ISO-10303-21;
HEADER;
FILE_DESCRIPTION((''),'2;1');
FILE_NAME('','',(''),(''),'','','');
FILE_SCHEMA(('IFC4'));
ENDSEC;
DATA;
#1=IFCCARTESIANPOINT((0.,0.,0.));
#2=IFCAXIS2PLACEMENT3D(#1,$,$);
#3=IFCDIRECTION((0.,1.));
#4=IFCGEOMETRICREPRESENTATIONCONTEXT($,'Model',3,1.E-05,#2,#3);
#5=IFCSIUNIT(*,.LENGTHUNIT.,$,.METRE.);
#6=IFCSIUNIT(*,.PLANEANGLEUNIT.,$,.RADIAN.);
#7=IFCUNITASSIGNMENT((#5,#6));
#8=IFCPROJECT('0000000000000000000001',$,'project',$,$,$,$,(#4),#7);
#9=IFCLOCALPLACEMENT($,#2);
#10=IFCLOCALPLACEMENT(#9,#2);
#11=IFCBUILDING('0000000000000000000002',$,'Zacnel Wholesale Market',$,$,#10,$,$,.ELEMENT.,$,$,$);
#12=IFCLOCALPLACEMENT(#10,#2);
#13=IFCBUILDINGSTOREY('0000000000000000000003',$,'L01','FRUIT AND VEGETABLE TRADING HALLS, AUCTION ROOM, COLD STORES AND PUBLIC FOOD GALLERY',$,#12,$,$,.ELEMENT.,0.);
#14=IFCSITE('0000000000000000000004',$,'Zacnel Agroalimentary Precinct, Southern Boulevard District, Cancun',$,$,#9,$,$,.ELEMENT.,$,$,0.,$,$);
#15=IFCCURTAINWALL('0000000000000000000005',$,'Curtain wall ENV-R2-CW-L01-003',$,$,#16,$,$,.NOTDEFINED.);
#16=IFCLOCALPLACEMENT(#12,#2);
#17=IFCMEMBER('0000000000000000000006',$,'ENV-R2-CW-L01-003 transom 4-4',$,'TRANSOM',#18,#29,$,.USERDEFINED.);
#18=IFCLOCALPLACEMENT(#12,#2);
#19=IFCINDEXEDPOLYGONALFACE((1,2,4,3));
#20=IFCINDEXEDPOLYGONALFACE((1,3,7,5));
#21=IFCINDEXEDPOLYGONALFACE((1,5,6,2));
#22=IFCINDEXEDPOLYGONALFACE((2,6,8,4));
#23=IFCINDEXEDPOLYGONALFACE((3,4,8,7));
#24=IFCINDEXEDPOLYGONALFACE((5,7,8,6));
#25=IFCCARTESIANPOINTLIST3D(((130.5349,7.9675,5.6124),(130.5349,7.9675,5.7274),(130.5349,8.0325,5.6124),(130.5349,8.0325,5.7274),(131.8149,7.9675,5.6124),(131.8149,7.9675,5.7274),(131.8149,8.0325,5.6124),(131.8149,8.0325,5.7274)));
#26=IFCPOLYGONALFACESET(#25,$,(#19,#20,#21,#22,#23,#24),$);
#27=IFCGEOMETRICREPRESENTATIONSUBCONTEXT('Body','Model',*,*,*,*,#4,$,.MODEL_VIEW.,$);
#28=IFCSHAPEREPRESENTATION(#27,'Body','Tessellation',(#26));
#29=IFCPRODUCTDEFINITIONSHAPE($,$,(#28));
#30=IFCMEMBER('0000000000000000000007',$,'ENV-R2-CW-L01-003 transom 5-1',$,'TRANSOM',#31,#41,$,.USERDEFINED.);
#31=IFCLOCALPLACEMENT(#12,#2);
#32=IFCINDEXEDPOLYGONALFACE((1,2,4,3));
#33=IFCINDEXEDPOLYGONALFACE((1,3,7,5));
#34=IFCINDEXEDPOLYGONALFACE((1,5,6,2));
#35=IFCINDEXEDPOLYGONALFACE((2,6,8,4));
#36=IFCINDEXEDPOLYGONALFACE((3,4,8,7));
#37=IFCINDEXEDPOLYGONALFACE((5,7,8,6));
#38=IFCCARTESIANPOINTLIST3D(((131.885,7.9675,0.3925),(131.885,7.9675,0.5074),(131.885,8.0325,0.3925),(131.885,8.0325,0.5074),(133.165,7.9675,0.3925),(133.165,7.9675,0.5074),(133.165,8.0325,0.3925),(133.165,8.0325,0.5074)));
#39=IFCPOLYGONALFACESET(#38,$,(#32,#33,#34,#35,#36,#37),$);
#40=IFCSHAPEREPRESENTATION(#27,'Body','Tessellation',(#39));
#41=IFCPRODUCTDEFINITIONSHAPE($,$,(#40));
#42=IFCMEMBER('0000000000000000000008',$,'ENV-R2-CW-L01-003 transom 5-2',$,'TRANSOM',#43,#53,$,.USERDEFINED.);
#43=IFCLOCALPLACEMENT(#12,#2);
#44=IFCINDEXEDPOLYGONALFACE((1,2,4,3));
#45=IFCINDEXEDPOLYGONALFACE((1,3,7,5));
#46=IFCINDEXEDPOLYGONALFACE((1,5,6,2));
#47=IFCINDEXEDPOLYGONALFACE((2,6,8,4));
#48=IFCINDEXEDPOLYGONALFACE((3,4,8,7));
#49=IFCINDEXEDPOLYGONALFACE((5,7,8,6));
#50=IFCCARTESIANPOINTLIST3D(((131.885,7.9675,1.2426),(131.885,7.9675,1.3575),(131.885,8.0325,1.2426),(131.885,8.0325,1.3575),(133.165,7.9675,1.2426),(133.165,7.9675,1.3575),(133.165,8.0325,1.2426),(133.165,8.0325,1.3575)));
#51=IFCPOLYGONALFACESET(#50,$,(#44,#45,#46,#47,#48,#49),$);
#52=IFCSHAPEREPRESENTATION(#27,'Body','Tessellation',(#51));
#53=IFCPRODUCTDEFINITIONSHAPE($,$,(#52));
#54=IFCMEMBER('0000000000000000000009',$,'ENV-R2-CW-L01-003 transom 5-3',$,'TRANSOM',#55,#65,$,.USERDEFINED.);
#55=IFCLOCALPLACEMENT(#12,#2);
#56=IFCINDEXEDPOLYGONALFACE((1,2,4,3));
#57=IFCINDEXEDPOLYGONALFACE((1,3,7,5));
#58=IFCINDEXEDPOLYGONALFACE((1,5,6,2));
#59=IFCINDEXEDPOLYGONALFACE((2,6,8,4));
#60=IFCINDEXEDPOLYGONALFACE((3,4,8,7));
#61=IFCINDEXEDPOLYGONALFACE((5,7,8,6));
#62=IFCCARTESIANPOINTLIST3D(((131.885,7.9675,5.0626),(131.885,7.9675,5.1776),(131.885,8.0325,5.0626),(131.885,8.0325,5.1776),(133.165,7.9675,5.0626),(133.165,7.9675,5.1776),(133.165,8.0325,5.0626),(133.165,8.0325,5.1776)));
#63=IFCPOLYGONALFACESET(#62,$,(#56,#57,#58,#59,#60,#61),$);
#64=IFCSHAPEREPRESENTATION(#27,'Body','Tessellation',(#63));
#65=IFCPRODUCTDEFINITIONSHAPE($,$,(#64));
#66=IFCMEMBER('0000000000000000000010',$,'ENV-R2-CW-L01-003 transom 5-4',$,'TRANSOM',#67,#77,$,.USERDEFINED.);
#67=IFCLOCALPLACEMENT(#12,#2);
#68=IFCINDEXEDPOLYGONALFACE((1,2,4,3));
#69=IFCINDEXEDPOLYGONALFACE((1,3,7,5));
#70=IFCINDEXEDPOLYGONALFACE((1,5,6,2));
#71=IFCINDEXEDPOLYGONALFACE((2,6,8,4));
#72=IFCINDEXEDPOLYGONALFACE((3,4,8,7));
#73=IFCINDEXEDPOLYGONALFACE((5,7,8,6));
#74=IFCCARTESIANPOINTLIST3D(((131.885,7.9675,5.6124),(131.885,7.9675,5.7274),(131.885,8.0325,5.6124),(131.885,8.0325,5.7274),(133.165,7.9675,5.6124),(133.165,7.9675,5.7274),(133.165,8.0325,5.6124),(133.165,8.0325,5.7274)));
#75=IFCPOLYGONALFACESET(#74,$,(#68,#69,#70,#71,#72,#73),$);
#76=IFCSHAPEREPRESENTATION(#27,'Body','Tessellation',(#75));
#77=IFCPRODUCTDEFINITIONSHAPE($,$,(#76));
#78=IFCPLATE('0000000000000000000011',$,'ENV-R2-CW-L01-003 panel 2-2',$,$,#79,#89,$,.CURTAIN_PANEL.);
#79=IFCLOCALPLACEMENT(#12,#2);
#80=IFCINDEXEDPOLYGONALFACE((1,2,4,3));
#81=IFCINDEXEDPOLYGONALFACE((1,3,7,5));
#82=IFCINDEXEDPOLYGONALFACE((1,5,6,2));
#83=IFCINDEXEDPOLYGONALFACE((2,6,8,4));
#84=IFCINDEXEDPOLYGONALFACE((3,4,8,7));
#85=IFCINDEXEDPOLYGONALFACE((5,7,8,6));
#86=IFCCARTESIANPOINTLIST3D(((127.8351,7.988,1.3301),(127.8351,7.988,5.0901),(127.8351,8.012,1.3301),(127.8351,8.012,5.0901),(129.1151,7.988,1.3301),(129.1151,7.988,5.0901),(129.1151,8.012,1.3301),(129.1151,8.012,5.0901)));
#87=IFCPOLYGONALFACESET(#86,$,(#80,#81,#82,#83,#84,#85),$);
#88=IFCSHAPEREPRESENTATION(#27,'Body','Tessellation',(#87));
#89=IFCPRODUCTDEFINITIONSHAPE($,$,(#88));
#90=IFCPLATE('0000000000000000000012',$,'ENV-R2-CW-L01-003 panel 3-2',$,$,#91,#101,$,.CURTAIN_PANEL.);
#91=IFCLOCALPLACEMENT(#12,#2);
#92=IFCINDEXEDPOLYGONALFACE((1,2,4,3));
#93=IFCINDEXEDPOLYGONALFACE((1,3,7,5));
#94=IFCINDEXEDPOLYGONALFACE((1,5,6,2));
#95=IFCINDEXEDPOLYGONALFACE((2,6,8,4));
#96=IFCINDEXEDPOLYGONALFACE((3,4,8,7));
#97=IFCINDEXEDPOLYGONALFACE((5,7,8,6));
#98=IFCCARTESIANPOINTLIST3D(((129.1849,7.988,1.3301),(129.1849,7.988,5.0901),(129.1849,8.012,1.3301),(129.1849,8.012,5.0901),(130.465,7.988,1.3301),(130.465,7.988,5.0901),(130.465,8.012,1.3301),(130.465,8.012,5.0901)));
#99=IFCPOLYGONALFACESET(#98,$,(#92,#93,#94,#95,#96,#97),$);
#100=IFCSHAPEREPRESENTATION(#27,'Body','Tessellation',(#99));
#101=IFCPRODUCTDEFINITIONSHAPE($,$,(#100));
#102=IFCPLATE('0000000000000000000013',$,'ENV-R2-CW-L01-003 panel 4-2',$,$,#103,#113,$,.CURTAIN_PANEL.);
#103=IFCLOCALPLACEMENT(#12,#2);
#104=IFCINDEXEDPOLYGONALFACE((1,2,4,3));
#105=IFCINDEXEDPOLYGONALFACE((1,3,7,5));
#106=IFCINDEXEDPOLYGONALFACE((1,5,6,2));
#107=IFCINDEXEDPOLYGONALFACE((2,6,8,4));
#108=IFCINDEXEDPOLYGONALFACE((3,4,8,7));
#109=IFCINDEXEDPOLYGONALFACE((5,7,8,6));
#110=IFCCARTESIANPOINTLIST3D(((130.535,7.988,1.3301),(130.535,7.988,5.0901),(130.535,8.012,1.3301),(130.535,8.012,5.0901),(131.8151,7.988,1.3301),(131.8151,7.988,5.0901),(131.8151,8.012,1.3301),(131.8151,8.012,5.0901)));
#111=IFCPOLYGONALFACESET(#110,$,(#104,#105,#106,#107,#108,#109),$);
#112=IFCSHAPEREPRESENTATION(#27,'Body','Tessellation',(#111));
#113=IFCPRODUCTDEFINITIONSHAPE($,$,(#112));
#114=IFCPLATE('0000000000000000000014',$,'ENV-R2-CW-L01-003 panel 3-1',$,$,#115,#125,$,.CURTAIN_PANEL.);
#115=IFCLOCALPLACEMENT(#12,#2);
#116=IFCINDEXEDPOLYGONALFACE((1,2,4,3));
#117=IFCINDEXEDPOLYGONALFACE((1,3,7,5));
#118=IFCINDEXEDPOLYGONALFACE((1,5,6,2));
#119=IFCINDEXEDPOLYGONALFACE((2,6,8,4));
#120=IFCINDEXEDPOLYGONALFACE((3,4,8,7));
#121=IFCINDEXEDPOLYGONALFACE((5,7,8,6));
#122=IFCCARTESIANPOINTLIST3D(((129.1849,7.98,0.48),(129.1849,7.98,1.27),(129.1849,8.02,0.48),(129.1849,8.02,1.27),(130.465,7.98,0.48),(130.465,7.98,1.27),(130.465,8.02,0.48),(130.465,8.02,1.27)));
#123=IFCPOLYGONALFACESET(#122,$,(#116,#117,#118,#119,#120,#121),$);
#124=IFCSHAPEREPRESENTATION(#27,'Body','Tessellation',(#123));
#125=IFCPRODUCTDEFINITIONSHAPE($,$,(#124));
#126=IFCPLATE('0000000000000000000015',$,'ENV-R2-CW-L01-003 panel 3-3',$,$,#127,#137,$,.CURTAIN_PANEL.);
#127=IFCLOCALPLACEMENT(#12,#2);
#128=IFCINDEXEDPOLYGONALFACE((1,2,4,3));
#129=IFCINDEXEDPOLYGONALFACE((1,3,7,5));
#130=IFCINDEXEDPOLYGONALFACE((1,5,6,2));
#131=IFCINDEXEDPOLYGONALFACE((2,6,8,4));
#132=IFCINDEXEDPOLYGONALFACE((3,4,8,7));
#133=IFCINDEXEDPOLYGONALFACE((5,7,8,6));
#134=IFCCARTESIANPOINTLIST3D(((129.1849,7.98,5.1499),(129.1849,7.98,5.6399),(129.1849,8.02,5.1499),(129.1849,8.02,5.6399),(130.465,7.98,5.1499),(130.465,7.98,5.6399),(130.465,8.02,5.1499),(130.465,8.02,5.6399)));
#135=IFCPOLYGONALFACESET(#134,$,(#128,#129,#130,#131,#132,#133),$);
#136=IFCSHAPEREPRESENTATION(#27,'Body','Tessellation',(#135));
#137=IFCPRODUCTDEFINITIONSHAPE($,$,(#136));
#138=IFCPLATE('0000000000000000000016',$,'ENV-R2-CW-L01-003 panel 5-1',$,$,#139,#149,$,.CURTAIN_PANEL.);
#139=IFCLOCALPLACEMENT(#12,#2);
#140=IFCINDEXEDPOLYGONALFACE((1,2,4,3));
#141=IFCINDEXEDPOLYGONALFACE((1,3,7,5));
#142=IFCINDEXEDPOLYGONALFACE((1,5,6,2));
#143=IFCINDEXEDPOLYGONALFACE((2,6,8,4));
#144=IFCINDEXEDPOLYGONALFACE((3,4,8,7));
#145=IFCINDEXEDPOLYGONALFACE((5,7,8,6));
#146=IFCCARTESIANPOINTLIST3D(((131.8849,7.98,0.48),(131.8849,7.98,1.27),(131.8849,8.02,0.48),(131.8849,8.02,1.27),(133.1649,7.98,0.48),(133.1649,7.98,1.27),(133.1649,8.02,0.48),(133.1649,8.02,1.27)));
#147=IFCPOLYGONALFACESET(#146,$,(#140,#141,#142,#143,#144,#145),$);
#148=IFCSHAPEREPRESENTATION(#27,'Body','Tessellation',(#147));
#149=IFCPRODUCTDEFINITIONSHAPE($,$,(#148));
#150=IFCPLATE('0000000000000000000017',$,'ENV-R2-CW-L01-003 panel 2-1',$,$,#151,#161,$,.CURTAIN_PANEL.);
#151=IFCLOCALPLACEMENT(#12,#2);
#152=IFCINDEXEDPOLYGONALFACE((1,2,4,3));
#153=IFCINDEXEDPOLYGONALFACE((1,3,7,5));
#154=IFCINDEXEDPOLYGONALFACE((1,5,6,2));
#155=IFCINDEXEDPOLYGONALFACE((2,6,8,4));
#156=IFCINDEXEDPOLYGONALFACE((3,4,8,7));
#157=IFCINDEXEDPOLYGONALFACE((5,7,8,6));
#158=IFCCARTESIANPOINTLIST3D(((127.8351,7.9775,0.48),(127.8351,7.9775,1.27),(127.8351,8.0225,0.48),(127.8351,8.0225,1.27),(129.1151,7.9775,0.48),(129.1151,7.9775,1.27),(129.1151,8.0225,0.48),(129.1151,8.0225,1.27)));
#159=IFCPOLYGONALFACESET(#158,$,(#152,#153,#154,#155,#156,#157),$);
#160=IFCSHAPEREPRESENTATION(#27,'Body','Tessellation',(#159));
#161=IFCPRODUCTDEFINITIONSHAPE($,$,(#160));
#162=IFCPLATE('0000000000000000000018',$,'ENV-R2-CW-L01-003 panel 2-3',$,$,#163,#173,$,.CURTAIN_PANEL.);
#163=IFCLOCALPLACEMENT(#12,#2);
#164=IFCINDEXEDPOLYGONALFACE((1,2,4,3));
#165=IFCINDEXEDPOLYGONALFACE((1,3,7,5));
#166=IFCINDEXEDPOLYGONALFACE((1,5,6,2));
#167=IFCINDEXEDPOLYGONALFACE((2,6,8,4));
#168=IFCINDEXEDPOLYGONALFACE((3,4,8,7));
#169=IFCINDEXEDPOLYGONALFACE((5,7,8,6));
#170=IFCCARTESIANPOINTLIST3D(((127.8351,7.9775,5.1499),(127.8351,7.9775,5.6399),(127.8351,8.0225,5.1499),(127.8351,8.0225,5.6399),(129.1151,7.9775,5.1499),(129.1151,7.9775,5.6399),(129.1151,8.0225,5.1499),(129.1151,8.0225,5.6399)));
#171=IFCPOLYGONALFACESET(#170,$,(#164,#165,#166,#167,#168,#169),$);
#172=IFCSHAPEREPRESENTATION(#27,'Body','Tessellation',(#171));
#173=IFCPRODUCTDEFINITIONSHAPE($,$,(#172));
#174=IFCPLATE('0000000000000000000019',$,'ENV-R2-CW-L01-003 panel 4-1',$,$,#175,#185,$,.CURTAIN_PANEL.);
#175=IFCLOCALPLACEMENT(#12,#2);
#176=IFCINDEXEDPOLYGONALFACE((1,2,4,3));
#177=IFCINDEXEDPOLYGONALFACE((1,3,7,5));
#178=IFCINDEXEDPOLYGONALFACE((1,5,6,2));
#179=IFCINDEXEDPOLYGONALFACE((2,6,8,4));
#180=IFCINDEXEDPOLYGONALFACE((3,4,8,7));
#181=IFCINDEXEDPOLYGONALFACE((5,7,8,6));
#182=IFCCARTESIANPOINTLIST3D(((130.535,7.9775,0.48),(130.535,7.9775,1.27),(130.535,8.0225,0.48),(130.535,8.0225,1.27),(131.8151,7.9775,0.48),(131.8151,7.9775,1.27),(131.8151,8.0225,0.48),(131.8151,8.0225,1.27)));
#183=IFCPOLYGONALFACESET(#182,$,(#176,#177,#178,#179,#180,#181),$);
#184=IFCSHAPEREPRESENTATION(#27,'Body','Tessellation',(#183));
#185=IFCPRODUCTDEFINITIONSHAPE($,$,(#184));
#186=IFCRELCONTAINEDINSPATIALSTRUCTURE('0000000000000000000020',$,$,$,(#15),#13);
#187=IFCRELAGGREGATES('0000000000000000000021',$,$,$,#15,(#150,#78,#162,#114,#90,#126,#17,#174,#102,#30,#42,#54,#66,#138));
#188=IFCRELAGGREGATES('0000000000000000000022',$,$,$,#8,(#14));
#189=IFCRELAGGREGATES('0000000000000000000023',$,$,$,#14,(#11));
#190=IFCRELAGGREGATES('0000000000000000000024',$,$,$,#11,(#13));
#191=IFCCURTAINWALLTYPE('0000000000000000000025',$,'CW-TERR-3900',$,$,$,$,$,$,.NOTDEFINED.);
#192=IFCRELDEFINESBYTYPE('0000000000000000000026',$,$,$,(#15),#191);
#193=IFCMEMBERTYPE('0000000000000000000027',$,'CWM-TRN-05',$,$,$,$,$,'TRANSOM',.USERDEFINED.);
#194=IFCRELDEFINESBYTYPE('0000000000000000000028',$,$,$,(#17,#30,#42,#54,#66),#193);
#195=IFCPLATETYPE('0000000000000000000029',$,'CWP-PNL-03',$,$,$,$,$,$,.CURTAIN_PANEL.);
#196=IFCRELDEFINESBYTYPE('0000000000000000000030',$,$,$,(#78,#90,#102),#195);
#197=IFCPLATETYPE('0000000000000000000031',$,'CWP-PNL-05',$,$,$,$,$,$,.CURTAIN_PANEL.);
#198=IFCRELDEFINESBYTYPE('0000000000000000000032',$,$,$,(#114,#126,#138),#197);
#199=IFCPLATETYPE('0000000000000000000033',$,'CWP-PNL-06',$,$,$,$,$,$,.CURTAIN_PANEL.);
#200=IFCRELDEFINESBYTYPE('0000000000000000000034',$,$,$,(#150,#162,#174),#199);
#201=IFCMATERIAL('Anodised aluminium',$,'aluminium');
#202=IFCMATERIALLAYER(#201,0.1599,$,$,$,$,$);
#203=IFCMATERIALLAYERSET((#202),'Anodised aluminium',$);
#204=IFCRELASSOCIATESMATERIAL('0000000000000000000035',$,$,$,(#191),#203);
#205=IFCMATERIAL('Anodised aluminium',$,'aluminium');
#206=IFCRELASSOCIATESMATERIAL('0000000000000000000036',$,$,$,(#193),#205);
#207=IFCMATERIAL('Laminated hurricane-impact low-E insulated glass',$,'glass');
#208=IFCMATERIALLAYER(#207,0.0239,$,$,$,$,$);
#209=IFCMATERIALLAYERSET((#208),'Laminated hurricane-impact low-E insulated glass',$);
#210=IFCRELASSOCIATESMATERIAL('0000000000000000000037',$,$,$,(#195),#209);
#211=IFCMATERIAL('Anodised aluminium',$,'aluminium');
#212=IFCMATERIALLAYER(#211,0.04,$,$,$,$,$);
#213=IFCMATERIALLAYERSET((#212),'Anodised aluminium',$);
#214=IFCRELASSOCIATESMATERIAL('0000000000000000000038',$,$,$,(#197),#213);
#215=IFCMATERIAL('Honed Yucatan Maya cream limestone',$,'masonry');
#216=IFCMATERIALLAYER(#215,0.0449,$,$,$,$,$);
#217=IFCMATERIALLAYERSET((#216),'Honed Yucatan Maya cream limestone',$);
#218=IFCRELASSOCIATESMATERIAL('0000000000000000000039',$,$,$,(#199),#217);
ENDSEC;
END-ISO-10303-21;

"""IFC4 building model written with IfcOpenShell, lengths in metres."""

from ifc_helpers import new_model, si_unit, direction, frame, origin, origin_2d, place, context, subcontext, project, spatial, rectangle, extrude, material, layer, layer_set, material_profile, profile_set, type_object, element, aggregate, save


model = new_model("IFC4")

# Units and contexts
model_context = context("Model", 3, precision=1e-05, world=origin(), true_north=direction((0.0, 1.0)))
body_context = subcontext(model_context, "Body", "Model", "MODEL_VIEW")
ifc_project = project(units=[si_unit("LENGTHUNIT", "METRE"), si_unit("PLANEANGLEUNIT", "RADIAN")], contexts=[model_context])

# Site, building, storey
site_placement = place(None, origin())
site = spatial("IfcSite", under=ifc_project, at=site_placement, Name="Zacnel Agroalimentary Precinct, Southern Boulevard District, Cancun", CompositionType="ELEMENT", RefElevation=0.0)
building_placement = place(site_placement, origin())
building = spatial("IfcBuilding", under=site, at=building_placement, Name="Zacnel Wholesale Market", CompositionType="ELEMENT")
storey_placement = place(building_placement, origin())
storey = spatial("IfcBuildingStorey", under=building, at=storey_placement, Name="L01", Description="FRUIT AND VEGETABLE TRADING HALLS, AUCTION ROOM, COLD STORES AND PUBLIC FOOD GALLERY", CompositionType="ELEMENT", Elevation=0.0)

# Curtain wall, members, plates
ifc_material_1 = material(Name="Anodised aluminium", Category="aluminium")
ifc_layer_1 = layer(ifc_material_1, 0.1599)
ifc_layer_set_1 = layer_set([ifc_layer_1], Name="Anodised aluminium")
curtain_wall_type = type_object("IfcCurtainWallType", Name="CW-TERR-3900", PredefinedType="NOTDEFINED", material=ifc_layer_set_1)
curtain_wall_placement = place(storey_placement, origin())
curtain_wall = element("IfcCurtainWall", 1, at=curtain_wall_placement, inside=storey, type_object=curtain_wall_type, Name="Curtain wall ENV-R2-CW-L01-003", PredefinedType="NOTDEFINED")
ifc_material_2 = material(Name="Anodised aluminium", Category="aluminium")
ifc_material_profile_1 = material_profile(ifc_material_2, rectangle(XDim=0.0649, YDim=0.115, at=origin_2d()), Name="AW-TRANSOM 65x115")
ifc_profile_set_1 = profile_set([ifc_material_profile_1], Name="Anodised aluminium")
member_type_1 = type_object("IfcMemberType", Name="CWM-TRN-05", ElementType="TRANSOM", PredefinedType="USERDEFINED", material=ifc_profile_set_1)
member_1_placement = place(storey_placement, frame((130.5349, 8.0, 5.6699), z_axis=(1.0, 0.0, 0.0), x_axis=(0.0, 1.0, 0.0)))
member_1 = element("IfcMember", 2, at=member_1_placement, type_object=member_type_1, Name="ENV-R2-CW-L01-003 transom 4-4", ObjectType="TRANSOM", PredefinedType="USERDEFINED", context=body_context, shape_type="SweptSolid", body=[
    extrude(rectangle(XDim=0.0649, YDim=0.115, at=origin_2d()), origin(), (0.0, 0.0, 1.0), 1.28),
])
member_2_placement = place(storey_placement, frame((131.885, 8.0, 0.45), z_axis=(1.0, 0.0, 0.0), x_axis=(0.0, 1.0, 0.0)))
member_2 = element("IfcMember", 3, at=member_2_placement, type_object=member_type_1, Name="ENV-R2-CW-L01-003 transom 5-1", ObjectType="TRANSOM", PredefinedType="USERDEFINED", context=body_context, shape_type="SweptSolid", body=[
    extrude(rectangle(XDim=0.0649, YDim=0.115, at=origin_2d()), origin(), (0.0, 0.0, 1.0), 1.28),
])
member_3_placement = place(storey_placement, frame((131.885, 8.0, 1.3), z_axis=(1.0, 0.0, 0.0), x_axis=(0.0, 1.0, 0.0)))
member_3 = element("IfcMember", 4, at=member_3_placement, type_object=member_type_1, Name="ENV-R2-CW-L01-003 transom 5-2", ObjectType="TRANSOM", PredefinedType="USERDEFINED", context=body_context, shape_type="SweptSolid", body=[
    extrude(rectangle(XDim=0.0649, YDim=0.115, at=origin_2d()), origin(), (0.0, 0.0, 1.0), 1.28),
])
member_4_placement = place(storey_placement, frame((131.885, 8.0, 5.1201), z_axis=(1.0, 0.0, 0.0), x_axis=(0.0, 1.0, 0.0)))
member_4 = element("IfcMember", 5, at=member_4_placement, type_object=member_type_1, Name="ENV-R2-CW-L01-003 transom 5-3", ObjectType="TRANSOM", PredefinedType="USERDEFINED", context=body_context, shape_type="SweptSolid", body=[
    extrude(rectangle(XDim=0.0649, YDim=0.115, at=origin_2d()), origin(), (0.0, 0.0, 1.0), 1.28),
])
member_5_placement = place(storey_placement, frame((131.885, 8.0, 5.6699), z_axis=(1.0, 0.0, 0.0), x_axis=(0.0, 1.0, 0.0)))
member_5 = element("IfcMember", 6, at=member_5_placement, type_object=member_type_1, Name="ENV-R2-CW-L01-003 transom 5-4", ObjectType="TRANSOM", PredefinedType="USERDEFINED", context=body_context, shape_type="SweptSolid", body=[
    extrude(rectangle(XDim=0.0649, YDim=0.115, at=origin_2d()), origin(), (0.0, 0.0, 1.0), 1.28),
])
ifc_material_3 = material(Name="Laminated hurricane-impact low-E insulated glass", Category="glass")
ifc_layer_2 = layer(ifc_material_3, 0.0239)
ifc_layer_set_2 = layer_set([ifc_layer_2], Name="Laminated hurricane-impact low-E insulated glass")
plate_type_1 = type_object("IfcPlateType", Name="CWP-PNL-03", PredefinedType="CURTAIN_PANEL", material=ifc_layer_set_2)
plate_1_placement = place(storey_placement, frame((128.4751, 8.0, 1.3301), z_axis=(0.0, 0.0, 1.0), x_axis=(1.0, 0.0, 0.0)))
plate_1 = element("IfcPlate", 7, at=plate_1_placement, type_object=plate_type_1, Name="ENV-R2-CW-L01-003 panel 2-2", PredefinedType="CURTAIN_PANEL", context=body_context, shape_type="SweptSolid", body=[
    extrude(rectangle(XDim=1.28, YDim=0.0239, at=origin_2d()), origin(), (0.0, 0.0, 1.0), 3.76),
])
plate_2_placement = place(storey_placement, frame((129.825, 8.0, 1.3301), z_axis=(0.0, 0.0, 1.0), x_axis=(1.0, 0.0, 0.0)))
plate_2 = element("IfcPlate", 8, at=plate_2_placement, type_object=plate_type_1, Name="ENV-R2-CW-L01-003 panel 3-2", PredefinedType="CURTAIN_PANEL", context=body_context, shape_type="SweptSolid", body=[
    extrude(rectangle(XDim=1.28, YDim=0.0239, at=origin_2d()), origin(), (0.0, 0.0, 1.0), 3.76),
])
plate_3_placement = place(storey_placement, frame((131.175, 8.0, 1.3301), z_axis=(0.0, 0.0, 1.0), x_axis=(1.0, 0.0, 0.0)))
plate_3 = element("IfcPlate", 9, at=plate_3_placement, type_object=plate_type_1, Name="ENV-R2-CW-L01-003 panel 4-2", PredefinedType="CURTAIN_PANEL", context=body_context, shape_type="SweptSolid", body=[
    extrude(rectangle(XDim=1.28, YDim=0.0239, at=origin_2d()), origin(), (0.0, 0.0, 1.0), 3.76),
])
ifc_material_4 = material(Name="Anodised aluminium", Category="aluminium")
ifc_layer_3 = layer(ifc_material_4, 0.04)
ifc_layer_set_3 = layer_set([ifc_layer_3], Name="Anodised aluminium")
plate_type_2 = type_object("IfcPlateType", Name="CWP-PNL-05", PredefinedType="CURTAIN_PANEL", material=ifc_layer_set_3)
plate_4_placement = place(storey_placement, frame((129.825, 8.0, 0.48), z_axis=(0.0, 0.0, 1.0), x_axis=(1.0, 0.0, 0.0)))
plate_4 = element("IfcPlate", 10, at=plate_4_placement, type_object=plate_type_2, Name="ENV-R2-CW-L01-003 panel 3-1", PredefinedType="CURTAIN_PANEL", context=body_context, shape_type="SweptSolid", body=[
    extrude(rectangle(XDim=1.28, YDim=0.04, at=origin_2d()), origin(), (0.0, 0.0, 1.0), 0.79),
])
plate_5_placement = place(storey_placement, frame((129.825, 8.0, 5.1499), z_axis=(0.0, 0.0, 1.0), x_axis=(1.0, 0.0, 0.0)))
plate_5 = element("IfcPlate", 11, at=plate_5_placement, type_object=plate_type_2, Name="ENV-R2-CW-L01-003 panel 3-3", PredefinedType="CURTAIN_PANEL", context=body_context, shape_type="SweptSolid", body=[
    extrude(rectangle(XDim=1.28, YDim=0.04, at=origin_2d()), origin(), (0.0, 0.0, 1.0), 0.49),
])
plate_6_placement = place(storey_placement, frame((132.5249, 8.0, 0.48), z_axis=(0.0, 0.0, 1.0), x_axis=(1.0, 0.0, 0.0)))
plate_6 = element("IfcPlate", 12, at=plate_6_placement, type_object=plate_type_2, Name="ENV-R2-CW-L01-003 panel 5-1", PredefinedType="CURTAIN_PANEL", context=body_context, shape_type="SweptSolid", body=[
    extrude(rectangle(XDim=1.28, YDim=0.04, at=origin_2d()), origin(), (0.0, 0.0, 1.0), 0.79),
])
ifc_material_5 = material(Name="Honed Yucatan Maya cream limestone", Category="masonry")
ifc_layer_4 = layer(ifc_material_5, 0.0449)
ifc_layer_set_4 = layer_set([ifc_layer_4], Name="Honed Yucatan Maya cream limestone")
plate_type_3 = type_object("IfcPlateType", Name="CWP-PNL-06", PredefinedType="CURTAIN_PANEL", material=ifc_layer_set_4)
plate_7_placement = place(storey_placement, frame((128.4751, 8.0, 0.48), z_axis=(0.0, 0.0, 1.0), x_axis=(1.0, 0.0, 0.0)))
plate_7 = element("IfcPlate", 13, at=plate_7_placement, type_object=plate_type_3, Name="ENV-R2-CW-L01-003 panel 2-1", PredefinedType="CURTAIN_PANEL", context=body_context, shape_type="SweptSolid", body=[
    extrude(rectangle(XDim=1.28, YDim=0.0449, at=origin_2d()), origin(), (0.0, 0.0, 1.0), 0.79),
])
plate_8_placement = place(storey_placement, frame((128.4751, 8.0, 5.1499), z_axis=(0.0, 0.0, 1.0), x_axis=(1.0, 0.0, 0.0)))
plate_8 = element("IfcPlate", 14, at=plate_8_placement, type_object=plate_type_3, Name="ENV-R2-CW-L01-003 panel 2-3", PredefinedType="CURTAIN_PANEL", context=body_context, shape_type="SweptSolid", body=[
    extrude(rectangle(XDim=1.28, YDim=0.0449, at=origin_2d()), origin(), (0.0, 0.0, 1.0), 0.49),
])
plate_9_placement = place(storey_placement, frame((131.175, 8.0, 0.48), z_axis=(0.0, 0.0, 1.0), x_axis=(1.0, 0.0, 0.0)))
plate_9 = element("IfcPlate", 15, at=plate_9_placement, type_object=plate_type_3, Name="ENV-R2-CW-L01-003 panel 4-1", PredefinedType="CURTAIN_PANEL", context=body_context, shape_type="SweptSolid", body=[
    extrude(rectangle(XDim=1.28, YDim=0.0449, at=origin_2d()), origin(), (0.0, 0.0, 1.0), 0.79),
])
aggregate(curtain_wall, [plate_7, plate_1, plate_8, plate_4, plate_2, plate_5, member_1, plate_9, plate_3, member_2, member_3, member_4, member_5, plate_6])

save(model, "model.ifc")
